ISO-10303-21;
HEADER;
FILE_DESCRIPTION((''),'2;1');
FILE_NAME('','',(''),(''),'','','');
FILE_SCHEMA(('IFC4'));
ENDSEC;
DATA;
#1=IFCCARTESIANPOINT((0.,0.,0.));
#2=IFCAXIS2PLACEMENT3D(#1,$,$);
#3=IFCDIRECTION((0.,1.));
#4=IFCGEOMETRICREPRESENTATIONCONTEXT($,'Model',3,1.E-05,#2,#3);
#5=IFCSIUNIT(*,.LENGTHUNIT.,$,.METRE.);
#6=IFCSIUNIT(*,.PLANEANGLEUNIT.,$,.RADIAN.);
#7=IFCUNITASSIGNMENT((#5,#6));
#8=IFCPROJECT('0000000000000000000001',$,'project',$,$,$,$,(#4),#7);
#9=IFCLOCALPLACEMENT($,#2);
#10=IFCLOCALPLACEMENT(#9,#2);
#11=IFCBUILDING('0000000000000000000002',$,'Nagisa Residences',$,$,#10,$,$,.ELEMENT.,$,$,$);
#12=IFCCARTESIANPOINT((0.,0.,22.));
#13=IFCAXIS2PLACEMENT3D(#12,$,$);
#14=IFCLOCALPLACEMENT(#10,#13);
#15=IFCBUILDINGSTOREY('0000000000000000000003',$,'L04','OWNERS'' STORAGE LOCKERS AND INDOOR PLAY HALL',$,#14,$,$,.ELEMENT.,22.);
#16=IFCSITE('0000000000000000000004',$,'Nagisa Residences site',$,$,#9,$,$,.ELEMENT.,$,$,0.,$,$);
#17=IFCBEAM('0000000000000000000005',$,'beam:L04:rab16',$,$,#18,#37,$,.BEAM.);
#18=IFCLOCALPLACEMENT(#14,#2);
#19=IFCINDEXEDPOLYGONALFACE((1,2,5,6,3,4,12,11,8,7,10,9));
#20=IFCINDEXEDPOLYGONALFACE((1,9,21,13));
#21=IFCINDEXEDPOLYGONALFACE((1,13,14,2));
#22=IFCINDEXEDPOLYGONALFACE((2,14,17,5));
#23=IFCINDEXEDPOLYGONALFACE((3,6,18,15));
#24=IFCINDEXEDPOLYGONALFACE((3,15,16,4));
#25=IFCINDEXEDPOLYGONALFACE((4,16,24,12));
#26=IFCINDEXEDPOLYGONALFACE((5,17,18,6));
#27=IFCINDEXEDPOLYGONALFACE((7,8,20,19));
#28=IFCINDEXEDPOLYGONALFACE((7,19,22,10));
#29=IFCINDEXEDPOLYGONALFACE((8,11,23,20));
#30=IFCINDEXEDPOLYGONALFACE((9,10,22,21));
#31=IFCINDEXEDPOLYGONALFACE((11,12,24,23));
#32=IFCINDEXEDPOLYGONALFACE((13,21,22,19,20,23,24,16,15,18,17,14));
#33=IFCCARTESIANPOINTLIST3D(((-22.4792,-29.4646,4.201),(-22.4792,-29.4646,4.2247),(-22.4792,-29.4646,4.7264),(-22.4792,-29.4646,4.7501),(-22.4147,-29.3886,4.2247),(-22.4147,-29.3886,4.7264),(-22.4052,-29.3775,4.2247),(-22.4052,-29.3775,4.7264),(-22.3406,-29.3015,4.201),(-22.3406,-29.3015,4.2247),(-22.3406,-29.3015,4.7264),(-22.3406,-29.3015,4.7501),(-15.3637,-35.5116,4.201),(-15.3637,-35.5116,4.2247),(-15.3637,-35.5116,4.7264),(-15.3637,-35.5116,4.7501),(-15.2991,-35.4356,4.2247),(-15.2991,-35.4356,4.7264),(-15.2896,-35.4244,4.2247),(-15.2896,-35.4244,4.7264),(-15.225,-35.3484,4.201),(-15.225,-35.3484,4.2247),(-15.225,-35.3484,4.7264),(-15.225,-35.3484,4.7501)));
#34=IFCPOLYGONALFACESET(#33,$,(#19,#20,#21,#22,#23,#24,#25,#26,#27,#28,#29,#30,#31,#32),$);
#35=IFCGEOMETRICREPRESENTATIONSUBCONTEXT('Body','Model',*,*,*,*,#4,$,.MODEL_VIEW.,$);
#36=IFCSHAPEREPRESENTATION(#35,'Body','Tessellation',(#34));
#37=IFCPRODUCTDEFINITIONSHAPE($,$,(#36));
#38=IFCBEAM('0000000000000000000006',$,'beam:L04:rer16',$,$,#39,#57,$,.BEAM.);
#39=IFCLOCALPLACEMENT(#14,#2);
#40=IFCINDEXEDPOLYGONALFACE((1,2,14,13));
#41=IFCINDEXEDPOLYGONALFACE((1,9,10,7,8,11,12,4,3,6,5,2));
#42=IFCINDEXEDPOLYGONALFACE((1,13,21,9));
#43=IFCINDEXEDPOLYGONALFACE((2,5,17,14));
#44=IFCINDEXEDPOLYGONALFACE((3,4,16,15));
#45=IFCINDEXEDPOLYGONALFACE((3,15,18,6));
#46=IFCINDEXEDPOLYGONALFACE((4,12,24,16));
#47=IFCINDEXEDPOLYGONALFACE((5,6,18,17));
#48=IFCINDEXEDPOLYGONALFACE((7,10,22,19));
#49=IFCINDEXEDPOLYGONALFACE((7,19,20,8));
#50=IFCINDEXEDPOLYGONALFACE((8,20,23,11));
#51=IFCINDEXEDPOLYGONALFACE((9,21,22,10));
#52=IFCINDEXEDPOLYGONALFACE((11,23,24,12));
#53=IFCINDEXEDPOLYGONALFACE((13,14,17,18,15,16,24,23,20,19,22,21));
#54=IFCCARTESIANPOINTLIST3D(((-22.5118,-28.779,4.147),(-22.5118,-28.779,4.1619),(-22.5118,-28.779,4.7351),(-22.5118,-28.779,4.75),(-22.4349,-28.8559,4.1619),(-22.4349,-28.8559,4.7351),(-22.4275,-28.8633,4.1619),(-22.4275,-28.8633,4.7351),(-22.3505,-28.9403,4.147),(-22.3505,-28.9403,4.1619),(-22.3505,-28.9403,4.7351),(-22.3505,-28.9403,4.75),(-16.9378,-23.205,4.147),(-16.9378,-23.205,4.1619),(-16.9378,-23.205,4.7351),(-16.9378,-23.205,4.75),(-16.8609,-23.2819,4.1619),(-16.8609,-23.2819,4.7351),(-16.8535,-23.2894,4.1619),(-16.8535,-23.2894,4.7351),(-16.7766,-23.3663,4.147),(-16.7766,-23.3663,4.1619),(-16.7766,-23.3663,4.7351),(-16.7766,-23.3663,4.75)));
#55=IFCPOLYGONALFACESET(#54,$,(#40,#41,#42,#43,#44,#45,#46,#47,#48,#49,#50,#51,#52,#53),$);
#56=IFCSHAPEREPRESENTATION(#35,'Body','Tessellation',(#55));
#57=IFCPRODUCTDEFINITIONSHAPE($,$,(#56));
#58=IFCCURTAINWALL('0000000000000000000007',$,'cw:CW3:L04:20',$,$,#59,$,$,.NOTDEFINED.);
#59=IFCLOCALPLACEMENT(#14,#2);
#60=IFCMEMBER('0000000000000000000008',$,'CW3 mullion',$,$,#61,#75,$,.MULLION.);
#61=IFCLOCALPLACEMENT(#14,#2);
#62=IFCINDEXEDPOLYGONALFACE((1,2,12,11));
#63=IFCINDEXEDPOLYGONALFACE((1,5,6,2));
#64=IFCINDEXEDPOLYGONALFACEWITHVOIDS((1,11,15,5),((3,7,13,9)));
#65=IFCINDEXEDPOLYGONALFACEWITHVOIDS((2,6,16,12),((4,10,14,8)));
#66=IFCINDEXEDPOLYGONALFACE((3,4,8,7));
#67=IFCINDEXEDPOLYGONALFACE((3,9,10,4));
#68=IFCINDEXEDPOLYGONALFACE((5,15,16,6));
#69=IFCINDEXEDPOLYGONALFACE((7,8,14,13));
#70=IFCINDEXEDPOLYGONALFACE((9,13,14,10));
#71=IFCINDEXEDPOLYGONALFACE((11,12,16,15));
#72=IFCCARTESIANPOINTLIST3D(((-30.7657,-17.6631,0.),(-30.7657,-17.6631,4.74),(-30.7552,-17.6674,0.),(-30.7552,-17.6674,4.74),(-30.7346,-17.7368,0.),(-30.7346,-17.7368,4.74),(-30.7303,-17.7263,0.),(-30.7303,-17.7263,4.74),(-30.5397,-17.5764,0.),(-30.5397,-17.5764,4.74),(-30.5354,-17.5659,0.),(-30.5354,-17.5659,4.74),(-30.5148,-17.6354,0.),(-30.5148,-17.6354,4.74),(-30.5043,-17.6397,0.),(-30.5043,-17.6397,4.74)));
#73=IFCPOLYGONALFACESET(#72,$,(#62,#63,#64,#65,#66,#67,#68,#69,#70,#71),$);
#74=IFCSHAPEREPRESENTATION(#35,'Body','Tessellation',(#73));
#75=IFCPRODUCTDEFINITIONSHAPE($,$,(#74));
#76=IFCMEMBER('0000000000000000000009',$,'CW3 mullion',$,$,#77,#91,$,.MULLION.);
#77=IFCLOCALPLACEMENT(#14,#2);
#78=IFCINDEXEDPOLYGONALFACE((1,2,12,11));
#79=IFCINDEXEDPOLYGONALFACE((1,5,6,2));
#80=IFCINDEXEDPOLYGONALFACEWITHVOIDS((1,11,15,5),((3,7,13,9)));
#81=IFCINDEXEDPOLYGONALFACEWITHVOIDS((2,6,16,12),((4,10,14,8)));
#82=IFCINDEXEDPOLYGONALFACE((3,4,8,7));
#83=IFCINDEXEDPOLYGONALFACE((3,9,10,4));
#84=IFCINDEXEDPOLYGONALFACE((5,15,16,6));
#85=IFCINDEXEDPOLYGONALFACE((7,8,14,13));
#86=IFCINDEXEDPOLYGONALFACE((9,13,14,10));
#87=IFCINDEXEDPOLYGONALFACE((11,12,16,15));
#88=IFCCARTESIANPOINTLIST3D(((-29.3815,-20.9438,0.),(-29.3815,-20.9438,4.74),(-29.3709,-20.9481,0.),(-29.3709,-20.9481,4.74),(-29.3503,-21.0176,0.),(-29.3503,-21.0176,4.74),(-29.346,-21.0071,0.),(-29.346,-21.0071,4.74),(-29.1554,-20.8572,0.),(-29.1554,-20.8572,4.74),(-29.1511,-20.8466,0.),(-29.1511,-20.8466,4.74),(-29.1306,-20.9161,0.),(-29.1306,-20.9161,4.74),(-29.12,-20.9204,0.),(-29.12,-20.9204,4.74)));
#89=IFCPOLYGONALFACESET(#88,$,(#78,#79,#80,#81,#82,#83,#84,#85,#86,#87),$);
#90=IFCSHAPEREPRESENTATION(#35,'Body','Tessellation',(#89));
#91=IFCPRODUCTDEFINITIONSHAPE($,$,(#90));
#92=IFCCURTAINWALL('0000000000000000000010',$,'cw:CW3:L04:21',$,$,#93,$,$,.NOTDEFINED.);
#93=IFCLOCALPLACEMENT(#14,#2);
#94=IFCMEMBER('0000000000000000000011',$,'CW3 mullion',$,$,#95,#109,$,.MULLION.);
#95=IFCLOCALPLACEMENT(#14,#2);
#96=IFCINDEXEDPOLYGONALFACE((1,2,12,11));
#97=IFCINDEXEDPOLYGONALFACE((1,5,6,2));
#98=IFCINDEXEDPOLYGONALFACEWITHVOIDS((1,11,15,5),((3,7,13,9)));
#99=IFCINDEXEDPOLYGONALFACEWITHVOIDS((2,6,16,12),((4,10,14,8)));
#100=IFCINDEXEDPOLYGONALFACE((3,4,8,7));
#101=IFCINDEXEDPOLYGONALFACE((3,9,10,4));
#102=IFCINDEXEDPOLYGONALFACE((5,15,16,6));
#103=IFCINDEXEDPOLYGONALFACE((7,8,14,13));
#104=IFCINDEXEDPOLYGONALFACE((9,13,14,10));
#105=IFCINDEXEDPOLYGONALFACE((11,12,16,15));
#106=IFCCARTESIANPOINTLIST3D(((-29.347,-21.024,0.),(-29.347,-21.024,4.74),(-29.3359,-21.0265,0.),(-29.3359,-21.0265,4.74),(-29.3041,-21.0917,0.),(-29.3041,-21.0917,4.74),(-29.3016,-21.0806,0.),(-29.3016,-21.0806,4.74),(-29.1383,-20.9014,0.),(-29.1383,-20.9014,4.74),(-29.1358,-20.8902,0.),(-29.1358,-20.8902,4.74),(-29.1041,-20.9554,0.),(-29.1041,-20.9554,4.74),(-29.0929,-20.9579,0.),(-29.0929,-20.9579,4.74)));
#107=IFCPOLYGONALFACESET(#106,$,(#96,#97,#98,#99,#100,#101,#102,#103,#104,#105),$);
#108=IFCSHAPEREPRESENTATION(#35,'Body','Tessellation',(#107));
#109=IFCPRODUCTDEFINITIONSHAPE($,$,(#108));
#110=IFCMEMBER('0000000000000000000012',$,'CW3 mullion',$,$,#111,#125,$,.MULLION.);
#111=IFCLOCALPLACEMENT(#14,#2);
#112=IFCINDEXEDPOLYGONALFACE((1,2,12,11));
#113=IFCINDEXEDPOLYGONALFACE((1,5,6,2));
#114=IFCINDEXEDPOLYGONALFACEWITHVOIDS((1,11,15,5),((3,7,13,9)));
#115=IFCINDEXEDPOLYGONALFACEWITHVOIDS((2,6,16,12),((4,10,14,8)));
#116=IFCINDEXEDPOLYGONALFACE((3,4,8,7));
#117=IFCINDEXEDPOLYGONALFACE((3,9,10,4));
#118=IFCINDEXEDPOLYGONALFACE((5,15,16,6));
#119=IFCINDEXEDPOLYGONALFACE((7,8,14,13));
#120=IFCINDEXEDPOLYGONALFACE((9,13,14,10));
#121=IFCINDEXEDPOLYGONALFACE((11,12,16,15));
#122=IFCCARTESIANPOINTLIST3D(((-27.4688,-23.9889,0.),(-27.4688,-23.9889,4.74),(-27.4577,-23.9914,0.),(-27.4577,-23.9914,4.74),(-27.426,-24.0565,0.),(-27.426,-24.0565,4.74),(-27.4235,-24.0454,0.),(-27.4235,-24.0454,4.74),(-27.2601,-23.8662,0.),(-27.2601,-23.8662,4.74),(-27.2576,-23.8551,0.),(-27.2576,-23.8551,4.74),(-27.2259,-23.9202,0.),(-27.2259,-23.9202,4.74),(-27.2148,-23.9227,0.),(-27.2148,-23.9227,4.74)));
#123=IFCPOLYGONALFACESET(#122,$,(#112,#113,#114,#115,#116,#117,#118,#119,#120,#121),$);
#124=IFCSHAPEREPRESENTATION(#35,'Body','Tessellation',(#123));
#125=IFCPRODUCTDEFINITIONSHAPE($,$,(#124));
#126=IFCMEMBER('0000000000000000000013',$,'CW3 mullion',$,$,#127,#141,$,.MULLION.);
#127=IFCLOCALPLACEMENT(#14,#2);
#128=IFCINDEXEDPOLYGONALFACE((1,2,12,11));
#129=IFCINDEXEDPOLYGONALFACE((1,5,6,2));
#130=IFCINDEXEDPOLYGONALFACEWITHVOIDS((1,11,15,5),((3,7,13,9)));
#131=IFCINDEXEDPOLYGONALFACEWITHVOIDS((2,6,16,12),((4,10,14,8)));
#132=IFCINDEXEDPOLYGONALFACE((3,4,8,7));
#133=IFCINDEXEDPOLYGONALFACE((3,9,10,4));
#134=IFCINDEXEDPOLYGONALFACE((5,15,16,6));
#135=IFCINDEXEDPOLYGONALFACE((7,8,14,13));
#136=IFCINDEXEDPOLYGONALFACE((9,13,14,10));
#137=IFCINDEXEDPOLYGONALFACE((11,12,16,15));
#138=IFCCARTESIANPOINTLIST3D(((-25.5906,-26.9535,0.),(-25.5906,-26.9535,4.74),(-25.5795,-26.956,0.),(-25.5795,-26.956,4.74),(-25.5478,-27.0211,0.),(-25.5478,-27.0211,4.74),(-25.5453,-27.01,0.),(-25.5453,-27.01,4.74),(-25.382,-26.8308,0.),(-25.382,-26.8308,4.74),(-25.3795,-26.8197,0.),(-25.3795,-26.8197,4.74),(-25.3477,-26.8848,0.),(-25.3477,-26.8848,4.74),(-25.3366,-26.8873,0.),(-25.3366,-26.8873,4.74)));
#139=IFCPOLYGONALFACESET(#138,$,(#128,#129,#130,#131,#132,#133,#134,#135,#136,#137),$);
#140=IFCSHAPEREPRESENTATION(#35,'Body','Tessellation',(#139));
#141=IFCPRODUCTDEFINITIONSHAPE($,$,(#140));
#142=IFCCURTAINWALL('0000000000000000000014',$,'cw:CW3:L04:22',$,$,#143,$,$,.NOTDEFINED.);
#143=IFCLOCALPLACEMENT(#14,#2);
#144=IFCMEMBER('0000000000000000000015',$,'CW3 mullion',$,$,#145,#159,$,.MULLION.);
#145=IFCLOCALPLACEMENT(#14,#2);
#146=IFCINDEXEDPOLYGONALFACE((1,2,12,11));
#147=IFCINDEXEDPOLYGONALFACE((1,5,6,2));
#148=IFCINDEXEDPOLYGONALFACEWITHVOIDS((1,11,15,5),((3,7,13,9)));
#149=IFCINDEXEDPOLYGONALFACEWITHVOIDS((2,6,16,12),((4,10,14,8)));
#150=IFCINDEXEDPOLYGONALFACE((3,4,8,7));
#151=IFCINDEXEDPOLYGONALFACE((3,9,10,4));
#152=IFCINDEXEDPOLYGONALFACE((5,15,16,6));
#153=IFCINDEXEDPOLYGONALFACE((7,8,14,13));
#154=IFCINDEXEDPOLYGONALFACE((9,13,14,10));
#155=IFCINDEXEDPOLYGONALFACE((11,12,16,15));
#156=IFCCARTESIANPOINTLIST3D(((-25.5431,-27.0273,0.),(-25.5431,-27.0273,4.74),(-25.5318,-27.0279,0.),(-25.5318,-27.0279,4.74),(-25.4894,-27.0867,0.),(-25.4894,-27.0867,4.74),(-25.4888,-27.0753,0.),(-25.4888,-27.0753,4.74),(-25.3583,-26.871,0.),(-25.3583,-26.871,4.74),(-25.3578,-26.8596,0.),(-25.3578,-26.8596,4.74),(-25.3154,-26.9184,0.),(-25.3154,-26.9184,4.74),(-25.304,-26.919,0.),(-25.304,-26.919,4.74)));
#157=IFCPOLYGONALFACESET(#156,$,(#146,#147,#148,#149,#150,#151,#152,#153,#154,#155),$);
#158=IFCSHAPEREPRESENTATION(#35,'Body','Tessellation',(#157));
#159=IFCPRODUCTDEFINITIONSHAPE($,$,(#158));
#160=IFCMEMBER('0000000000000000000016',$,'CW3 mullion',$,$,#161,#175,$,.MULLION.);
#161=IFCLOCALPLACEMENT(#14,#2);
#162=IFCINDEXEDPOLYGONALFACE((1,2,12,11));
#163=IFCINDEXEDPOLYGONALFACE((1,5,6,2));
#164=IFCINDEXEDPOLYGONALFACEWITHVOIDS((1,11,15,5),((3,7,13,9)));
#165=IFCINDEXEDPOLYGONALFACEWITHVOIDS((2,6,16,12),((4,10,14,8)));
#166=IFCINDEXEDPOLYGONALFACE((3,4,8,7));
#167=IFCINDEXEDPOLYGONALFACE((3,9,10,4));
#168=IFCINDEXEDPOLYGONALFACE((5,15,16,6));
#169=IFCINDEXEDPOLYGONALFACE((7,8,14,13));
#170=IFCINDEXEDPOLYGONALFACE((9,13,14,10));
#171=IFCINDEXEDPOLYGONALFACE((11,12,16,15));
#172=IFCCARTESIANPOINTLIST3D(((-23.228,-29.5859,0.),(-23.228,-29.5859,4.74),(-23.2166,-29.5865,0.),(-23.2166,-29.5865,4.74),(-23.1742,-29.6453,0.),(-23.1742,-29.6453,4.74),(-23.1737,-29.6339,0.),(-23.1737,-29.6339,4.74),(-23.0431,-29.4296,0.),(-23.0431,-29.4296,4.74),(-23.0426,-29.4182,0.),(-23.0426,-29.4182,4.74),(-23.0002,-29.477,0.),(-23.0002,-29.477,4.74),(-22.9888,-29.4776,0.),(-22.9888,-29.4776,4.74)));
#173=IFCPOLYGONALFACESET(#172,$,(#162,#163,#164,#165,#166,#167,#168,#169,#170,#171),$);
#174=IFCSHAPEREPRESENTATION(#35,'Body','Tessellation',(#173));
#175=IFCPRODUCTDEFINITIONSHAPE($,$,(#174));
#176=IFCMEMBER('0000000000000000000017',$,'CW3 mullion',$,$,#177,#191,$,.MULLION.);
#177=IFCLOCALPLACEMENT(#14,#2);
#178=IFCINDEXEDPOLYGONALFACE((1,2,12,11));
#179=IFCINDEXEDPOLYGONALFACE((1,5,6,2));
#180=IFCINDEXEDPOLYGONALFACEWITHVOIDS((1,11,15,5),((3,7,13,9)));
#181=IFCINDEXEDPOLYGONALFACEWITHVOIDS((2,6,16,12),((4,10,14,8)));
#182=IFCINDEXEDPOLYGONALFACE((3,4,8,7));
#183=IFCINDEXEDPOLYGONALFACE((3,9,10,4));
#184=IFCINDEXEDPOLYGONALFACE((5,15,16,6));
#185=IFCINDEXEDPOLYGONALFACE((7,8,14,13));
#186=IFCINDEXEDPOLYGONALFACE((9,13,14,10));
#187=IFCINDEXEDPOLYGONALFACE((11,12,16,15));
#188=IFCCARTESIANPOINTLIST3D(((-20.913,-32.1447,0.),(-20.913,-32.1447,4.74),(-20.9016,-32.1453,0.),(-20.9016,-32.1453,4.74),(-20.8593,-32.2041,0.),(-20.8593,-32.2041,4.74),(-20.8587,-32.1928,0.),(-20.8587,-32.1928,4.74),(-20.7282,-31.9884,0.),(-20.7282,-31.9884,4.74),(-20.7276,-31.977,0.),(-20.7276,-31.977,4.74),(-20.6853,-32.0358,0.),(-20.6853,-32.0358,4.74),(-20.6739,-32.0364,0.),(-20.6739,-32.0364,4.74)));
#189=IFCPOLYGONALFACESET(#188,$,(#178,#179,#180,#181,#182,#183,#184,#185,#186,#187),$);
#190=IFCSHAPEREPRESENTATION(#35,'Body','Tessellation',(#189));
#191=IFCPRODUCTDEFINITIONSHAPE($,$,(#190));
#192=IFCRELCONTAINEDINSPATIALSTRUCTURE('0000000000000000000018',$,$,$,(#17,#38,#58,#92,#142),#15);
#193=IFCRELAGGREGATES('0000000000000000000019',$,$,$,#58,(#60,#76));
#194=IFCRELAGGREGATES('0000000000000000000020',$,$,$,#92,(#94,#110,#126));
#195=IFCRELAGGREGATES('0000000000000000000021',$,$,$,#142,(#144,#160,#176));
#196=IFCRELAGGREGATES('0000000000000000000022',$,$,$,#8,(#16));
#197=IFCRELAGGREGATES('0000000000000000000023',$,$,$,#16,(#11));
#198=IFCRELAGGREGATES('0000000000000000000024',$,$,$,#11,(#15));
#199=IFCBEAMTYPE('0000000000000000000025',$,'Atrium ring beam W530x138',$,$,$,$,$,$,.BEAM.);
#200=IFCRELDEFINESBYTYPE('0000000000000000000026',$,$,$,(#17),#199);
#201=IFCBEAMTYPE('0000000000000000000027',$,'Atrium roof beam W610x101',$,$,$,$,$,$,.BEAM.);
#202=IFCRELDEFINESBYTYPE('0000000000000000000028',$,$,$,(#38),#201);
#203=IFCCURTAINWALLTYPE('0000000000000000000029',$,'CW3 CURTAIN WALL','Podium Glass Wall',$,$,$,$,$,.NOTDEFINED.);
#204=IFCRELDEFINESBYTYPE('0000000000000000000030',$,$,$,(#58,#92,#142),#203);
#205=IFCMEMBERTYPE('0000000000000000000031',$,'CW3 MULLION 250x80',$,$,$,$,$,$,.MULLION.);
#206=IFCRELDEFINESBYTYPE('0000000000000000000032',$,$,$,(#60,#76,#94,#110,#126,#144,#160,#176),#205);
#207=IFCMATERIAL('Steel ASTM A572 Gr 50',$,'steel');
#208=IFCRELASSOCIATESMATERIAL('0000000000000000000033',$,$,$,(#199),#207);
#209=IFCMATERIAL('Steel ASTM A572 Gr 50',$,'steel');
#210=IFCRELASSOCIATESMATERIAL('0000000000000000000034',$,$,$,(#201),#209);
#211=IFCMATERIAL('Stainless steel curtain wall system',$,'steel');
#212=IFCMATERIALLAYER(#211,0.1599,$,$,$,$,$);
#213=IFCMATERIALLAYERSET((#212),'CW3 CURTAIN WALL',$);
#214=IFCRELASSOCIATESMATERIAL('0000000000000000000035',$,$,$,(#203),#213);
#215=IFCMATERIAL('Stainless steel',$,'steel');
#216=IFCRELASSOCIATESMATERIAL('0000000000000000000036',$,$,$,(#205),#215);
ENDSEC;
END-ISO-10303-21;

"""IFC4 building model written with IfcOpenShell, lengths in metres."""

from ifc_helpers import new_model, si_unit, direction, frame, origin, origin_2d, place, context, subcontext, project, spatial, hollow_rectangle, i_section, extrude, material, layer, layer_set, material_profile, profile_set, type_object, element, aggregate, save


model = new_model("IFC4")

# Units and contexts
model_context = context("Model", 3, precision=1e-05, world=origin(), true_north=direction((0.0, 1.0)))
body_context = subcontext(model_context, "Body", "Model", "MODEL_VIEW")
ifc_project = project(units=[si_unit("LENGTHUNIT", "METRE"), si_unit("PLANEANGLEUNIT", "RADIAN")], contexts=[model_context])

# Site, building, storey
site_placement = place(None, origin())
site = spatial("IfcSite", under=ifc_project, at=site_placement, Name="Nagisa Residences site", CompositionType="ELEMENT", RefElevation=0.0)
building_placement = place(site_placement, origin())
building = spatial("IfcBuilding", under=site, at=building_placement, Name="Nagisa Residences", CompositionType="ELEMENT")
storey_placement = place(building_placement, frame((0.0, 0.0, 22.0)))
storey = spatial("IfcBuildingStorey", under=building, at=storey_placement, Name="L04", Description="OWNERS' STORAGE LOCKERS AND INDOOR PLAY HALL", CompositionType="ELEMENT", Elevation=22.0)

# Beams
ifc_material_1 = material(Name="Steel ASTM A572 Gr 50", Category="steel")
ifc_material_profile_1 = material_profile(ifc_material_1, i_section(OverallWidth=0.2141, OverallDepth=0.5491, WebThickness=0.0146, FlangeThickness=0.0237, at=origin_2d()), Name="W530x138")
ifc_profile_set_1 = profile_set([ifc_material_profile_1], Name="Steel ASTM A572 Gr 50")
beam_type_1 = type_object("IfcBeamType", Name="Atrium ring beam W530x138", PredefinedType="BEAM", material=ifc_profile_set_1)
beam_1_placement = place(storey_placement, frame((-22.4099, -29.3831, 4.4756), z_axis=(0.762007, -0.647569, 0.0), x_axis=(0.647569, 0.762007, 0.0)))
element("IfcBeam", 1, at=beam_1_placement, inside=storey, type_object=beam_type_1, Name="beam:L04:rab16", PredefinedType="BEAM", context=body_context, shape_type="SweptSolid", body=[
    extrude(i_section(OverallWidth=0.2141, OverallDepth=0.5491, WebThickness=0.0146, FlangeThickness=0.0237, at=origin_2d()), origin(), (0.0, 0.0, 1.0), 9.3379),
])
ifc_material_2 = material(Name="Steel ASTM A572 Gr 50", Category="steel")
ifc_material_profile_2 = material_profile(ifc_material_2, i_section(OverallWidth=0.228, OverallDepth=0.603, WebThickness=0.0105, FlangeThickness=0.0149, at=origin_2d()), Name="W610x101")
ifc_profile_set_2 = profile_set([ifc_material_profile_2], Name="Steel ASTM A572 Gr 50")
beam_type_2 = type_object("IfcBeamType", Name="Atrium roof beam W610x101", PredefinedType="BEAM", material=ifc_profile_set_2)
beam_2_placement = place(storey_placement, frame((-16.8572, -23.2856, 4.4485), z_axis=(-0.707107, -0.707107, 0.0), x_axis=(0.707107, -0.707107, 0.0)))
element("IfcBeam", 2, at=beam_2_placement, inside=storey, type_object=beam_type_2, Name="beam:L04:rer16", PredefinedType="BEAM", context=body_context, shape_type="SweptSolid", body=[
    extrude(i_section(OverallWidth=0.228, OverallDepth=0.603, WebThickness=0.0105, FlangeThickness=0.0149, at=origin_2d()), origin(), (0.0, 0.0, 1.0), 7.8828),
])

# Curtain walls, members
ifc_material_3 = material(Name="Stainless steel curtain wall system", Category="steel")
ifc_layer_1 = layer(ifc_material_3, 0.1599)
ifc_layer_set_1 = layer_set([ifc_layer_1], Name="CW3 CURTAIN WALL")
curtain_wall_type_1 = type_object("IfcCurtainWallType", Name="CW3 CURTAIN WALL", Description="Podium Glass Wall", PredefinedType="NOTDEFINED", material=ifc_layer_set_1)
curtain_wall_1_placement = place(storey_placement, origin())
curtain_wall_1 = element("IfcCurtainWall", 3, at=curtain_wall_1_placement, inside=storey, type_object=curtain_wall_type_1, Name="cw:CW3:L04:20", PredefinedType="NOTDEFINED")
ifc_material_4 = material(Name="Stainless steel", Category="steel")
ifc_material_profile_3 = material_profile(ifc_material_4, hollow_rectangle(XDim=0.25, YDim=0.0801, WallThickness=0.0081, at=origin_2d()), Name="CW3 MULLION 250x80")
ifc_profile_set_3 = profile_set([ifc_material_profile_3], Name="Stainless steel")
member_type_1 = type_object("IfcMemberType", Name="CW3 MULLION 250x80", PredefinedType="MULLION", material=ifc_profile_set_3)
member_1_placement = place(storey_placement, frame((-30.635, -17.6514, 0.0), z_axis=(0.0, 0.0, 1.0), x_axis=(0.921357, 0.388718, 0.0)))
member_1 = element("IfcMember", 4, at=member_1_placement, type_object=member_type_1, Name="CW3 mullion", PredefinedType="MULLION", context=body_context, shape_type="SweptSolid", body=[
    extrude(hollow_rectangle(XDim=0.25, YDim=0.0801, WallThickness=0.0081, at=origin_2d()), origin(), (0.0, 0.0, 1.0), 4.74),
])
member_2_placement = place(storey_placement, frame((-29.2507, -20.9321, 0.0), z_axis=(0.0, 0.0, 1.0), x_axis=(0.921357, 0.388718, 0.0)))
member_2 = element("IfcMember", 5, at=member_2_placement, type_object=member_type_1, Name="CW3 mullion", PredefinedType="MULLION", context=body_context, shape_type="SweptSolid", body=[
    extrude(hollow_rectangle(XDim=0.25, YDim=0.0801, WallThickness=0.0081, at=origin_2d()), origin(), (0.0, 0.0, 1.0), 4.74),
])
curtain_wall_2_placement = place(storey_placement, origin())
curtain_wall_2 = element("IfcCurtainWall", 6, at=curtain_wall_2_placement, inside=storey, type_object=curtain_wall_type_1, Name="cw:CW3:L04:21", PredefinedType="NOTDEFINED")
member_3_placement = place(storey_placement, frame((-29.22, -20.991, 0.0), z_axis=(0.0, 0.0, 1.0), x_axis=(0.844747, 0.535165, 0.0)))
member_3 = element("IfcMember", 7, at=member_3_placement, type_object=member_type_1, Name="CW3 mullion", PredefinedType="MULLION", context=body_context, shape_type="SweptSolid", body=[
    extrude(hollow_rectangle(XDim=0.25, YDim=0.0801, WallThickness=0.0081, at=origin_2d()), origin(), (0.0, 0.0, 1.0), 4.74),
])
member_4_placement = place(storey_placement, frame((-27.3418, -23.9558, 0.0), z_axis=(0.0, 0.0, 1.0), x_axis=(0.844747, 0.535165, 0.0)))
member_4 = element("IfcMember", 8, at=member_4_placement, type_object=member_type_1, Name="CW3 mullion", PredefinedType="MULLION", context=body_context, shape_type="SweptSolid", body=[
    extrude(hollow_rectangle(XDim=0.25, YDim=0.0801, WallThickness=0.0081, at=origin_2d()), origin(), (0.0, 0.0, 1.0), 4.74),
])
member_5_placement = place(storey_placement, frame((-25.4636, -26.9204, 0.0), z_axis=(0.0, 0.0, 1.0), x_axis=(0.844747, 0.535165, 0.0)))
member_5 = element("IfcMember", 9, at=member_5_placement, type_object=member_type_1, Name="CW3 mullion", PredefinedType="MULLION", context=body_context, shape_type="SweptSolid", body=[
    extrude(hollow_rectangle(XDim=0.25, YDim=0.0801, WallThickness=0.0081, at=origin_2d()), origin(), (0.0, 0.0, 1.0), 4.74),
])
curtain_wall_3_placement = place(storey_placement, origin())
curtain_wall_3 = element("IfcCurtainWall", 10, at=curtain_wall_3_placement, inside=storey, type_object=curtain_wall_type_1, Name="cw:CW3:L04:22", PredefinedType="NOTDEFINED")
member_6_placement = place(storey_placement, frame((-25.4236, -26.9731, 0.0), z_axis=(0.0, 0.0, 1.0), x_axis=(0.741536, 0.670913, 0.0)))
member_6 = element("IfcMember", 11, at=member_6_placement, type_object=member_type_1, Name="CW3 mullion", PredefinedType="MULLION", context=body_context, shape_type="SweptSolid", body=[
    extrude(hollow_rectangle(XDim=0.25, YDim=0.0801, WallThickness=0.0081, at=origin_2d()), origin(), (0.0, 0.0, 1.0), 4.74),
])
member_7_placement = place(storey_placement, frame((-23.1084, -29.5317, 0.0), z_axis=(0.0, 0.0, 1.0), x_axis=(0.741536, 0.670913, 0.0)))
member_7 = element("IfcMember", 12, at=member_7_placement, type_object=member_type_1, Name="CW3 mullion", PredefinedType="MULLION", context=body_context, shape_type="SweptSolid", body=[
    extrude(hollow_rectangle(XDim=0.25, YDim=0.0801, WallThickness=0.0081, at=origin_2d()), origin(), (0.0, 0.0, 1.0), 4.74),
])
member_8_placement = place(storey_placement, frame((-20.7935, -32.0906, 0.0), z_axis=(0.0, 0.0, 1.0), x_axis=(0.741536, 0.670913, 0.0)))
member_8 = element("IfcMember", 13, at=member_8_placement, type_object=member_type_1, Name="CW3 mullion", PredefinedType="MULLION", context=body_context, shape_type="SweptSolid", body=[
    extrude(hollow_rectangle(XDim=0.25, YDim=0.0801, WallThickness=0.0081, at=origin_2d()), origin(), (0.0, 0.0, 1.0), 4.74),
])

aggregate(curtain_wall_1, [member_1, member_2])
aggregate(curtain_wall_2, [member_3, member_4, member_5])
aggregate(curtain_wall_3, [member_6, member_7, member_8])

save(model, "model.ifc")
